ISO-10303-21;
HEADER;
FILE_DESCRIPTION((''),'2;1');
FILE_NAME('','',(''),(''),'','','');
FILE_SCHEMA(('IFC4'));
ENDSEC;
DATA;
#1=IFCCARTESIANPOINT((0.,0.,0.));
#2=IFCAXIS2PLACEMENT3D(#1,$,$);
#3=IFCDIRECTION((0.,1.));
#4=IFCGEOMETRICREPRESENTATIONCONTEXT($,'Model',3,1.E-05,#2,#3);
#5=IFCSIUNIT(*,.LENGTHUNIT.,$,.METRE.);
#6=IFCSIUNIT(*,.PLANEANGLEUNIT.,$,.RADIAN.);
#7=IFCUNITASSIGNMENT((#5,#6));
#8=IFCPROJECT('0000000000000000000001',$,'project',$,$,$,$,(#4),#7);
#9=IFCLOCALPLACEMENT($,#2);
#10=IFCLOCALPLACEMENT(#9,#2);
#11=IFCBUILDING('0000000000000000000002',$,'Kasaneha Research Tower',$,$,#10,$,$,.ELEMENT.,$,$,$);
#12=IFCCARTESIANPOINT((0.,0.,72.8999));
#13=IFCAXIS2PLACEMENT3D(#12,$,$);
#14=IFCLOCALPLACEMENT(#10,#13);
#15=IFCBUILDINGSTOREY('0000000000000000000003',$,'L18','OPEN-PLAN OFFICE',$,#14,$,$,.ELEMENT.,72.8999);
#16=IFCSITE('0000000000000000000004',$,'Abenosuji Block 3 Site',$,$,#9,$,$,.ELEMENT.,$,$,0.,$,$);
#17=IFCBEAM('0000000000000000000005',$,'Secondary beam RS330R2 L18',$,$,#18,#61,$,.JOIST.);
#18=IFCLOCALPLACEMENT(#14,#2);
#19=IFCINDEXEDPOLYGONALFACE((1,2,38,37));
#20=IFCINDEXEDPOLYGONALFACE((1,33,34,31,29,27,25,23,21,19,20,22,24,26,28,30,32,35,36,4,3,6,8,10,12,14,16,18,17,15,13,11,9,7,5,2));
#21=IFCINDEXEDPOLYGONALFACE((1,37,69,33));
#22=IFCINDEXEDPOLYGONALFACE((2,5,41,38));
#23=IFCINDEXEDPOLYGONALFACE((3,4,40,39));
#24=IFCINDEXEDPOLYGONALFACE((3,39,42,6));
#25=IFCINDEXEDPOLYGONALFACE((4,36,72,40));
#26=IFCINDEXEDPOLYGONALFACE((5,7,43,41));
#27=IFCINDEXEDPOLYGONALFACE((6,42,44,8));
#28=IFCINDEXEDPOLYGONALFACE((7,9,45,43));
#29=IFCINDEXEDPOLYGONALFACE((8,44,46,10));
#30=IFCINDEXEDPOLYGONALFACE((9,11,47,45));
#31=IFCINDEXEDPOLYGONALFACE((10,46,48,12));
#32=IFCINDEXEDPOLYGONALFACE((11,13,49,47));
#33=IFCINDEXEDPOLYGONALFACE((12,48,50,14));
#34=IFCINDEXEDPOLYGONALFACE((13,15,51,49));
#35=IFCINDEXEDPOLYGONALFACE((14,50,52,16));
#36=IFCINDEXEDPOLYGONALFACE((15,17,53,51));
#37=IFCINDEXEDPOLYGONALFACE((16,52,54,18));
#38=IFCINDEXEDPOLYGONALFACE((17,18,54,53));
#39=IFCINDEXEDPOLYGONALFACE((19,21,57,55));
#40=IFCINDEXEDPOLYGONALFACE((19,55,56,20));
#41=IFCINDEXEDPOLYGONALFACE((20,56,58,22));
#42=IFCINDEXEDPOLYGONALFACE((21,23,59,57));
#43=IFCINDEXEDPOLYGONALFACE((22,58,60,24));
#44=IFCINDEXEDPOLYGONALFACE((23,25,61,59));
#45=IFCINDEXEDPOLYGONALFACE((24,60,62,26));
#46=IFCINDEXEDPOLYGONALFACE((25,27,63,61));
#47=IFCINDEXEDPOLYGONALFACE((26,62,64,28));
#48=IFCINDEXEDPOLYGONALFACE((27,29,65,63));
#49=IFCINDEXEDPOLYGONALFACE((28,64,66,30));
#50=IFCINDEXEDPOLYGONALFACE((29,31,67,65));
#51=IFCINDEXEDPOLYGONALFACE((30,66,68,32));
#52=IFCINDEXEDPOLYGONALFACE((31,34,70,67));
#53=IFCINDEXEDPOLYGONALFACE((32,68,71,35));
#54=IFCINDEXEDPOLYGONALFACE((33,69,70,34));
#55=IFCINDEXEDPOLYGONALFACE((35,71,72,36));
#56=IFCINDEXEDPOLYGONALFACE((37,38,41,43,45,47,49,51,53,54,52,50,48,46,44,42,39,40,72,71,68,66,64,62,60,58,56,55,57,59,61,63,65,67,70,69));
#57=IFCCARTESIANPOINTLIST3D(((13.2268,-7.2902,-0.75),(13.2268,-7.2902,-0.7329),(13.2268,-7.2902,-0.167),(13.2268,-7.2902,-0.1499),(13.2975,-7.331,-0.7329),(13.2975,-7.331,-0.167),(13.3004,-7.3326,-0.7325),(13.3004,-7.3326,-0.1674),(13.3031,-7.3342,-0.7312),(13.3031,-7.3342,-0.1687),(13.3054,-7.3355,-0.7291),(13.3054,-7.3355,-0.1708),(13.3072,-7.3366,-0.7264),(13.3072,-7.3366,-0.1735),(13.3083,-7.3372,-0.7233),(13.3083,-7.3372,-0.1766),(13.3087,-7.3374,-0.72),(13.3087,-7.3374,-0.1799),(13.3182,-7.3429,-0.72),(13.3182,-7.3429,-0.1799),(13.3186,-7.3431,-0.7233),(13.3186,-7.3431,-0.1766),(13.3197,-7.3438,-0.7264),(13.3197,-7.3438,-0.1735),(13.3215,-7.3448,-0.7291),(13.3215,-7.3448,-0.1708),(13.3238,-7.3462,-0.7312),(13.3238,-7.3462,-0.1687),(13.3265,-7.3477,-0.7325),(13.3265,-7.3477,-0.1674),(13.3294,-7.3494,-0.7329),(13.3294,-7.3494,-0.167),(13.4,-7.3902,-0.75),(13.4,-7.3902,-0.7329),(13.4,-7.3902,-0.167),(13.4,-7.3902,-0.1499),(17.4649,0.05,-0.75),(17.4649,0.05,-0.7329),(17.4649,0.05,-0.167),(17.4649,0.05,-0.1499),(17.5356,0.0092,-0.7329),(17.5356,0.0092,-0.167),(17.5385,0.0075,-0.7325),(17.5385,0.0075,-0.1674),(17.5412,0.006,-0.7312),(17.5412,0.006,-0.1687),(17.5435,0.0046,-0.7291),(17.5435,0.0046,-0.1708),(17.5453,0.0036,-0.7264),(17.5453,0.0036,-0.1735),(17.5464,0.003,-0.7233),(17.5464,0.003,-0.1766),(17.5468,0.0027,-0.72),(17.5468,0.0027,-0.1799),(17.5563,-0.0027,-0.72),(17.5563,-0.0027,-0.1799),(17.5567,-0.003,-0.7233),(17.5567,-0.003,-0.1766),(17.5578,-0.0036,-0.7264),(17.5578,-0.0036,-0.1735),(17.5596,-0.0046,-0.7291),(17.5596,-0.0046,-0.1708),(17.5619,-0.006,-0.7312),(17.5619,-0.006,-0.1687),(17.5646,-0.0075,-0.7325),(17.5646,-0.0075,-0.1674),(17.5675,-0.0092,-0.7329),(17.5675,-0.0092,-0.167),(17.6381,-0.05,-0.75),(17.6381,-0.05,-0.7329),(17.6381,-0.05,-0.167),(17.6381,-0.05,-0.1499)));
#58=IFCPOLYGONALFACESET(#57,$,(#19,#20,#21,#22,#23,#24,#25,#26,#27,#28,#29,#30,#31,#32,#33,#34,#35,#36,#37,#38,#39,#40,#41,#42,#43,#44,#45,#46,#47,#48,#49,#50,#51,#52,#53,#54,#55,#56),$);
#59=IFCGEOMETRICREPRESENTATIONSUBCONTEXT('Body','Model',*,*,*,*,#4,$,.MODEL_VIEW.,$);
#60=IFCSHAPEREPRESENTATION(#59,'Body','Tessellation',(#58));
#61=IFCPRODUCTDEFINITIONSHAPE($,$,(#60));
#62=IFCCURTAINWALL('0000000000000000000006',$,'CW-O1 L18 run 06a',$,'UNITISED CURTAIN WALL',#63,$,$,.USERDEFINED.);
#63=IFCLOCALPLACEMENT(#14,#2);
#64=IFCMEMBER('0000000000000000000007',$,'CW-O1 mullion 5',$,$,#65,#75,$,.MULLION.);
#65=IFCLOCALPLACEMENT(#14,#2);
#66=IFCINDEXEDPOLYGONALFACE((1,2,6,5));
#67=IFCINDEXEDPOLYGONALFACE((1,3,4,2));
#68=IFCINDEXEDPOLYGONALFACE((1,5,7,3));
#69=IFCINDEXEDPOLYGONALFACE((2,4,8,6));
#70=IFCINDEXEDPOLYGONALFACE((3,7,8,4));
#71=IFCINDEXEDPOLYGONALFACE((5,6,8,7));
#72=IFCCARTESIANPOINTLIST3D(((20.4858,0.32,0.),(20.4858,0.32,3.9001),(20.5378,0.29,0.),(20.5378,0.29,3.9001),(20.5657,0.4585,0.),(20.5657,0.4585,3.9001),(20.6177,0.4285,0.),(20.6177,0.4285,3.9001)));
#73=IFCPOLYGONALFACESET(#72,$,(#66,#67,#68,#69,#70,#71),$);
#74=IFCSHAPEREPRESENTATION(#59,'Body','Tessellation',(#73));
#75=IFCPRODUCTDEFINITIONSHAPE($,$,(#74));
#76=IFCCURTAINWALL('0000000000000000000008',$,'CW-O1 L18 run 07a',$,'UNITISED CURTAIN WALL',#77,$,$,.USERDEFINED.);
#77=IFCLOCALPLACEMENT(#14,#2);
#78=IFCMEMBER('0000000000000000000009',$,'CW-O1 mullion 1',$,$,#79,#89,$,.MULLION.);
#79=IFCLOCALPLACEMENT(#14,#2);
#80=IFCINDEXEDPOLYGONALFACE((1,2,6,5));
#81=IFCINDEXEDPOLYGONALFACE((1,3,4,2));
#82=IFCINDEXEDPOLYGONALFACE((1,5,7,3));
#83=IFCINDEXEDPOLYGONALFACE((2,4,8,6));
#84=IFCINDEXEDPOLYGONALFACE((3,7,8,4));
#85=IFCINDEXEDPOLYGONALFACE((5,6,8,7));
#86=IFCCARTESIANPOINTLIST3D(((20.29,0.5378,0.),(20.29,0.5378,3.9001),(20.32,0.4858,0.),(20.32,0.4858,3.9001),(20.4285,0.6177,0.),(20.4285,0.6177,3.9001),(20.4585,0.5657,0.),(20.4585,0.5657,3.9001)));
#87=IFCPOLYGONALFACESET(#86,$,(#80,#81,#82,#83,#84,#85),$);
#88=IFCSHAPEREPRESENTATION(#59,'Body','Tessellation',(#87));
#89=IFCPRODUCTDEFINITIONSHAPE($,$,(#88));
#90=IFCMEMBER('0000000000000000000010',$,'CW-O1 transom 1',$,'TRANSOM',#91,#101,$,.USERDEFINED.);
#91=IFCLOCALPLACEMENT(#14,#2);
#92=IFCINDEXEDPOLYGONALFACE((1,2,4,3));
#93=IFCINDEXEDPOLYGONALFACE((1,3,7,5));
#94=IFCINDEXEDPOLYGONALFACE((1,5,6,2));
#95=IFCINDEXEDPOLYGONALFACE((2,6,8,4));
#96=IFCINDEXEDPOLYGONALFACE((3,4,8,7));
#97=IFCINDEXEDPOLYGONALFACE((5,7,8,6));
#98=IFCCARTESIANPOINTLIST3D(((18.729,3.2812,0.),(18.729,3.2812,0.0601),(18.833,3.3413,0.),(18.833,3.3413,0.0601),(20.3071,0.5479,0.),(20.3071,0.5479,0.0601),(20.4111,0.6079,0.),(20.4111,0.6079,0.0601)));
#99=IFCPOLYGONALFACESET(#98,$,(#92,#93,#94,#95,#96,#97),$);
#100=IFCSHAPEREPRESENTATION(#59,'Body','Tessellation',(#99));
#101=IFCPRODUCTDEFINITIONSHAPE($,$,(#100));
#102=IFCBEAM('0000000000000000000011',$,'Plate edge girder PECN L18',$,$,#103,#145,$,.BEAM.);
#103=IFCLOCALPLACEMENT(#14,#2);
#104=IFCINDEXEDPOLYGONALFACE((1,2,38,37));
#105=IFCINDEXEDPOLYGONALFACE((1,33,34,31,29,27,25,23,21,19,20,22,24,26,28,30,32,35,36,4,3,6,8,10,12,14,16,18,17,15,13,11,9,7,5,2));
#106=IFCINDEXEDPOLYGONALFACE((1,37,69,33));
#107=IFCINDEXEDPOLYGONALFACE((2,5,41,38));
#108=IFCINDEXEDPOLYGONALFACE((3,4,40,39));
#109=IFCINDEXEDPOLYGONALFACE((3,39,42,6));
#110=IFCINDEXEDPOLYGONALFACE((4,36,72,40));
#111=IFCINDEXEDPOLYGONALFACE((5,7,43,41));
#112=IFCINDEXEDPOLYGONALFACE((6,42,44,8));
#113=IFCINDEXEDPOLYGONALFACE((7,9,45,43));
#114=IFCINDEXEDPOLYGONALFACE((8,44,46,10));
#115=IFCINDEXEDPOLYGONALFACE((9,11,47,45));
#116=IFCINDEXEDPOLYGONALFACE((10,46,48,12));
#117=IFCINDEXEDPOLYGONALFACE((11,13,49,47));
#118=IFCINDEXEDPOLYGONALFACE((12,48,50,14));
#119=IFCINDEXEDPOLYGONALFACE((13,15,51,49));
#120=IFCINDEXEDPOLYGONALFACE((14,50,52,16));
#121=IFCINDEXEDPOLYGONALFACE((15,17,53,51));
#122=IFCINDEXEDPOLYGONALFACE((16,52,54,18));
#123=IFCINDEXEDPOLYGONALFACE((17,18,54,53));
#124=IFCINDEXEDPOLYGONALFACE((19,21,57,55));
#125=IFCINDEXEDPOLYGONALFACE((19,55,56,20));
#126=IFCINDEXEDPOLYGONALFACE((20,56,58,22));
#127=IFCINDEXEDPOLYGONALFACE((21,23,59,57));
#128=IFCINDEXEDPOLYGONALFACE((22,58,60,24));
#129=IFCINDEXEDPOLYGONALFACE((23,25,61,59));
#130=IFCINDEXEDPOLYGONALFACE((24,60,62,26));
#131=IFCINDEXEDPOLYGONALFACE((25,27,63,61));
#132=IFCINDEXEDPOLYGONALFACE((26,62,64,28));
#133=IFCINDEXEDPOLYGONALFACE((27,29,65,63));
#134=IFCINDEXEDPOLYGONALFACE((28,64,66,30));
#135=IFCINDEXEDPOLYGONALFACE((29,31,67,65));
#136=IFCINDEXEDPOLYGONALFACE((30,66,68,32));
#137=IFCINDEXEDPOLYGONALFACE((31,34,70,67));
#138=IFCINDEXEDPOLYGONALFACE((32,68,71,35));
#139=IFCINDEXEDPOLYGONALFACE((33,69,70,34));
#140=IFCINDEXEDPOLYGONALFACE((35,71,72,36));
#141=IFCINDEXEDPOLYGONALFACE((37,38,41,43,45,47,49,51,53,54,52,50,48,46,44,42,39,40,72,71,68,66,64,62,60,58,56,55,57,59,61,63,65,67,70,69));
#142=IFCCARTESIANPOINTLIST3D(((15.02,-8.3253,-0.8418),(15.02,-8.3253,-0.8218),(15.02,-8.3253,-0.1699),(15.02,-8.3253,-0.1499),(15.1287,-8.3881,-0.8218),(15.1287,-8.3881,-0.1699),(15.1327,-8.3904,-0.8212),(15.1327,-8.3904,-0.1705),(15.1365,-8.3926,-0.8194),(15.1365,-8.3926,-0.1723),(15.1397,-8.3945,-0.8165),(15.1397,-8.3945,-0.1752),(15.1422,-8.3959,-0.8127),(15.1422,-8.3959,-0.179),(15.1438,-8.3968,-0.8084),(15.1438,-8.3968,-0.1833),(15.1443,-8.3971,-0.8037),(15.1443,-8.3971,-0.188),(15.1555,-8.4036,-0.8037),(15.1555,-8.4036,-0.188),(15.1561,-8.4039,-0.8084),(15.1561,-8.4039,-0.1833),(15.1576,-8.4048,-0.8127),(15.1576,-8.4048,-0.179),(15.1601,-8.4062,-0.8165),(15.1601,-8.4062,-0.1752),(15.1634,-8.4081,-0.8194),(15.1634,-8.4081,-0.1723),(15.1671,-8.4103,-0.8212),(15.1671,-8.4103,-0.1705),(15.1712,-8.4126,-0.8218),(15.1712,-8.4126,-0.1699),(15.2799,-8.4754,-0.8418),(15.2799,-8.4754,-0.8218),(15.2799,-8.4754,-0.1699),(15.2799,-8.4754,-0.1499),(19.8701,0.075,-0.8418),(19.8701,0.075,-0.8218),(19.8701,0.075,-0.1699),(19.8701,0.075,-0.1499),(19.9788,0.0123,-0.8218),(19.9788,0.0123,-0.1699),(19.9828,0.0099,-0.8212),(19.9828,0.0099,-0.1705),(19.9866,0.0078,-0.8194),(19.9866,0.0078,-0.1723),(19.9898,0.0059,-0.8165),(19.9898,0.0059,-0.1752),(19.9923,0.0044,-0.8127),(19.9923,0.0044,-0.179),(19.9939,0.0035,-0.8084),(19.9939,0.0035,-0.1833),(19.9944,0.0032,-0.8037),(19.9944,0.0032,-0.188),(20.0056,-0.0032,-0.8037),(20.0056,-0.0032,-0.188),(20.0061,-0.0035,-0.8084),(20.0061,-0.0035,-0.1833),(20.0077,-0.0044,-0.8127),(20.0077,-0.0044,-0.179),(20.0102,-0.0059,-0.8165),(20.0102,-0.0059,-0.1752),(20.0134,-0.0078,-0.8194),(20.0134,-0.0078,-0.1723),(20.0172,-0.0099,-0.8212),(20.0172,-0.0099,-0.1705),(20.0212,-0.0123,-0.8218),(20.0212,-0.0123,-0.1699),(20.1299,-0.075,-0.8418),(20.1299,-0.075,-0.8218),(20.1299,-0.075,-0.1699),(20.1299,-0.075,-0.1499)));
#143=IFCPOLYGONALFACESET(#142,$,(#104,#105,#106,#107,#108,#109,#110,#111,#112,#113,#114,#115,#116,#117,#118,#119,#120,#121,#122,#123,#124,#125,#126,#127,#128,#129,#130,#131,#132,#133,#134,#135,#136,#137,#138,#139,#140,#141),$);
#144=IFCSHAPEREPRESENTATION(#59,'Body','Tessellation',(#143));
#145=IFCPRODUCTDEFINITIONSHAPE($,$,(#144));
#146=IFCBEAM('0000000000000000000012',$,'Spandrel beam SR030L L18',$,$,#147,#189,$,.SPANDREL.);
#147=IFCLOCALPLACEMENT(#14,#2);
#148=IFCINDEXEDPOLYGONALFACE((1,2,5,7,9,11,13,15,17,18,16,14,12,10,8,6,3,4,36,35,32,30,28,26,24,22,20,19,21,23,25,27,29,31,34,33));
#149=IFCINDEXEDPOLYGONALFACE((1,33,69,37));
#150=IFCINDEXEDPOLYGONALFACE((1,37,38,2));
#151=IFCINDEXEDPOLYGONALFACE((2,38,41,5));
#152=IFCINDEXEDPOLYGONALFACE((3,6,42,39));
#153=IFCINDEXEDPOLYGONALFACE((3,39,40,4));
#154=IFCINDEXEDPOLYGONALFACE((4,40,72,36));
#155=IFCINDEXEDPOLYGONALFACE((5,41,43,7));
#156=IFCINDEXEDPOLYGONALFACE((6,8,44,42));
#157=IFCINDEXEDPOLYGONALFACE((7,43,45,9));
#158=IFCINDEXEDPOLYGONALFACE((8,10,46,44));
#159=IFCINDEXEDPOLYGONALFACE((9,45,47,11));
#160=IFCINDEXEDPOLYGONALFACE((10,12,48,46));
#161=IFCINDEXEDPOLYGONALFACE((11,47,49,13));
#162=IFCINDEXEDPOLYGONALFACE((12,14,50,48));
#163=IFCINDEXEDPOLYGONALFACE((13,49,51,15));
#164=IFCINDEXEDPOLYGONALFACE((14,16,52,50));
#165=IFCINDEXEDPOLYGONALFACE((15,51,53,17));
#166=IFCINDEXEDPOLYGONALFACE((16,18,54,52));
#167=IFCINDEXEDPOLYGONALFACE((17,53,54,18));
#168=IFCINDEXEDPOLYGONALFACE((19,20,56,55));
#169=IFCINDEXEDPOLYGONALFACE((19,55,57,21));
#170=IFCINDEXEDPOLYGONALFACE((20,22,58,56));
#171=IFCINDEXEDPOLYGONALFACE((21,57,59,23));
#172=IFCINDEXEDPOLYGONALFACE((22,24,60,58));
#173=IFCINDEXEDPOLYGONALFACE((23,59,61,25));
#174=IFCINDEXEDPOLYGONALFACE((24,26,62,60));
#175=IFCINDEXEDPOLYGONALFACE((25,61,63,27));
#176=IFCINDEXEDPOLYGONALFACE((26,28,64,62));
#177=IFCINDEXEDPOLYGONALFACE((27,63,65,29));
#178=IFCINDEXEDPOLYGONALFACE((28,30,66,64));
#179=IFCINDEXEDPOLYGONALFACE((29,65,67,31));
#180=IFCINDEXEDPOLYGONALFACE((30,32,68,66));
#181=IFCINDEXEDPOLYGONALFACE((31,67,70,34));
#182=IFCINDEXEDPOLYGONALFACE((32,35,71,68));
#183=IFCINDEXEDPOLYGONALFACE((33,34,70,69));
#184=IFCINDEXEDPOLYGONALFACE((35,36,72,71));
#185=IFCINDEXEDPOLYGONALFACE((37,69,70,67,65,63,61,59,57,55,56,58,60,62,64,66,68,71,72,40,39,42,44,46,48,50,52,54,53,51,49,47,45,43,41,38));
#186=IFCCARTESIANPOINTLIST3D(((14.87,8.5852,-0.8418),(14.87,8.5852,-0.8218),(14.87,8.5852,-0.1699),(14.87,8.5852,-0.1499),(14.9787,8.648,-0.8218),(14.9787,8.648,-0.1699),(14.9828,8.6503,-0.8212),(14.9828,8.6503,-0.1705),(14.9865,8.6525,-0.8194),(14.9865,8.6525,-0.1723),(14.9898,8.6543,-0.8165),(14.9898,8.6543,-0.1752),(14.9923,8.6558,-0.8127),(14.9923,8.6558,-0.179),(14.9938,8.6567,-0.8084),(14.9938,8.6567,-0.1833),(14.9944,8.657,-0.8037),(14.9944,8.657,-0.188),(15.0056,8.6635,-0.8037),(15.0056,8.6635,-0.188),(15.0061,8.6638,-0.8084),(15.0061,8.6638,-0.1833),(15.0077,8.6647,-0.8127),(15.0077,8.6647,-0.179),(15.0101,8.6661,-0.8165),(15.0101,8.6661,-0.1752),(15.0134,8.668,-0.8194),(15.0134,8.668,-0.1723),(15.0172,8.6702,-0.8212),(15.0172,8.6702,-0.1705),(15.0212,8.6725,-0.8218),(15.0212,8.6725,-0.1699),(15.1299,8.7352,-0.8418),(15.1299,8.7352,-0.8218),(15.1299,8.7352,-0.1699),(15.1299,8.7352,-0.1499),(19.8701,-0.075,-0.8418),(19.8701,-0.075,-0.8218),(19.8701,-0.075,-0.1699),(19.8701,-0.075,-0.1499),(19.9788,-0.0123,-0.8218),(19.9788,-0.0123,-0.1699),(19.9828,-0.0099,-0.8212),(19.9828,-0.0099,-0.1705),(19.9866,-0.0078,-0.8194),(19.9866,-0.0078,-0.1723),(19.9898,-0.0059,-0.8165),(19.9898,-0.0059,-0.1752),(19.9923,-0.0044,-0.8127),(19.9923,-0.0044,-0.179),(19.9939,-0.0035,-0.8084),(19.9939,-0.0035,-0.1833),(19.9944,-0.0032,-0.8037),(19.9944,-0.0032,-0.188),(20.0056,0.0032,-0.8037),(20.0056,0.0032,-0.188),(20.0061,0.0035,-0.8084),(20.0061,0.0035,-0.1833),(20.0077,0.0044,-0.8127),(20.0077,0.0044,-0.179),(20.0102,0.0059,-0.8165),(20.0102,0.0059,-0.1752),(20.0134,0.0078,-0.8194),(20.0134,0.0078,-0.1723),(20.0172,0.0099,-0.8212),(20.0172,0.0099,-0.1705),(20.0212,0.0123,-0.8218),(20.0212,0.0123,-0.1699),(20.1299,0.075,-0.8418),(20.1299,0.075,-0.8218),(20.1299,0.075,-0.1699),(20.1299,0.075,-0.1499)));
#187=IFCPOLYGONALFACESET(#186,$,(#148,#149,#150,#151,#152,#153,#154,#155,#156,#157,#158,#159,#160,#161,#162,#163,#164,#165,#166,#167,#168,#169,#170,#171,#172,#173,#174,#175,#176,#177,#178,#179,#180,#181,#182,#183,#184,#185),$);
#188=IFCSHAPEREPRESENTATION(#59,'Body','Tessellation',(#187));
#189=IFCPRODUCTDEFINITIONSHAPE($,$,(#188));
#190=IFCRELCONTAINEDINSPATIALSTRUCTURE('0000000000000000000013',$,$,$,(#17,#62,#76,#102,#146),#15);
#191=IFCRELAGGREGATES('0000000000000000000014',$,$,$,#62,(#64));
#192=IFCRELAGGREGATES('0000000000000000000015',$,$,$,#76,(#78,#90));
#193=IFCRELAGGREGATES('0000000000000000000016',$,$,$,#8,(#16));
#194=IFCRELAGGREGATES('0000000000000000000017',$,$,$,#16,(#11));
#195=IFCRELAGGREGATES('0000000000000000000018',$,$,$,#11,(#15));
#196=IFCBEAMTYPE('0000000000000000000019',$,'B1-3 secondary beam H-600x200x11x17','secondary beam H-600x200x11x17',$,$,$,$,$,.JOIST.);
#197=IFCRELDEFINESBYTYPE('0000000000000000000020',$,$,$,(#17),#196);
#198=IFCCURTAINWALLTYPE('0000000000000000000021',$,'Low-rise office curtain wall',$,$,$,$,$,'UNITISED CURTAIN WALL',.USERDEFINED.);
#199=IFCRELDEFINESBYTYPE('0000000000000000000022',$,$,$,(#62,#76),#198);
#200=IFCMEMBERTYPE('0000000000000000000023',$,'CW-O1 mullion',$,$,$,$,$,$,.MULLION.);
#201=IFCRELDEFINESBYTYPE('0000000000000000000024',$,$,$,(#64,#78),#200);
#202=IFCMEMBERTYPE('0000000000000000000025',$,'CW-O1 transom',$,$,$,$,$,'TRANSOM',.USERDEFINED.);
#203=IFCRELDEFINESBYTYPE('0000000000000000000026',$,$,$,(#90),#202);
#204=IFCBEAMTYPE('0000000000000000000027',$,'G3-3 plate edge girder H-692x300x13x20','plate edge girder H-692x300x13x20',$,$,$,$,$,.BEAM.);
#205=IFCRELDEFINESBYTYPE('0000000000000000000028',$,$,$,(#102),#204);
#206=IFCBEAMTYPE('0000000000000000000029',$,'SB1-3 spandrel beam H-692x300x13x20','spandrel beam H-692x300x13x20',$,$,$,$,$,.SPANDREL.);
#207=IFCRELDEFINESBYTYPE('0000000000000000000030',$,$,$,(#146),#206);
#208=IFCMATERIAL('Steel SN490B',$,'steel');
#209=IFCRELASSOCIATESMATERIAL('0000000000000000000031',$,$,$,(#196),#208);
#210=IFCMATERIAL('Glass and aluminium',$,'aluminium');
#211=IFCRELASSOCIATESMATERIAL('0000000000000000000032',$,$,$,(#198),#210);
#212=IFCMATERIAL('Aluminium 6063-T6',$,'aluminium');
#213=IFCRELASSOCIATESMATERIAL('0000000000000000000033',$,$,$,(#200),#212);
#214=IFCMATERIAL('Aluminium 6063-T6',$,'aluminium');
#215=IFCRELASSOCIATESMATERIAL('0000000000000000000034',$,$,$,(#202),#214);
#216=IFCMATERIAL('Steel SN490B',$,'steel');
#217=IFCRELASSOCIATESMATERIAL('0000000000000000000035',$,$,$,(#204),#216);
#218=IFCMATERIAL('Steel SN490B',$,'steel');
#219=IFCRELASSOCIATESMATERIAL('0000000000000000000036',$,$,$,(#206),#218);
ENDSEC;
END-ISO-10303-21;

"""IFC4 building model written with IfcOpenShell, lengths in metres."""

from ifc_helpers import new_model, si_unit, direction, frame, origin, origin_2d, place, context, subcontext, project, spatial, rectangle, i_section, extrude, material, material_profile, profile_set, type_object, element, aggregate, save


model = new_model("IFC4")

# Units and contexts
model_context = context("Model", 3, precision=1e-05, world=origin(), true_north=direction((0.0, 1.0)))
body_context = subcontext(model_context, "Body", "Model", "MODEL_VIEW")
ifc_project = project(units=[si_unit("LENGTHUNIT", "METRE"), si_unit("PLANEANGLEUNIT", "RADIAN")], contexts=[model_context])

# Site, building, storey
site_placement = place(None, origin())
site = spatial("IfcSite", under=ifc_project, at=site_placement, Name="Abenosuji Block 3 Site", CompositionType="ELEMENT", RefElevation=0.0)
building_placement = place(site_placement, origin())
building = spatial("IfcBuilding", under=site, at=building_placement, Name="Kasaneha Research Tower", CompositionType="ELEMENT")
storey_placement = place(building_placement, frame((0.0, 0.0, 72.8999)))
storey = spatial("IfcBuildingStorey", under=building, at=storey_placement, Name="L18", Description="OPEN-PLAN OFFICE", CompositionType="ELEMENT", Elevation=72.8999)

# Beam
ifc_material_1 = material(Name="Steel SN490B", Category="steel")
ifc_material_profile_1 = material_profile(ifc_material_1, i_section(OverallWidth=0.2, OverallDepth=0.6001, WebThickness=0.011, FlangeThickness=0.0171, FilletRadius=0.0129, at=origin_2d()), Name="H-600x200x11x17")
ifc_profile_set_1 = profile_set([ifc_material_profile_1], Name="Steel SN490B")
beam_type_1 = type_object("IfcBeamType", Name="B1-3 secondary beam H-600x200x11x17", Description="secondary beam H-600x200x11x17", PredefinedType="JOIST", material=ifc_profile_set_1)
beam_1_placement = place(storey_placement, frame((17.5515, 0.0, -0.45), z_axis=(-0.500021, -0.866013, 0.0), x_axis=(0.866013, -0.500021, 0.0)))
element("IfcBeam", 1, at=beam_1_placement, inside=storey, type_object=beam_type_1, Name="Secondary beam RS330R2 L18", PredefinedType="JOIST", context=body_context, shape_type="SweptSolid", body=[
    extrude(i_section(OverallWidth=0.2, OverallDepth=0.6001, WebThickness=0.011, FlangeThickness=0.0171, FilletRadius=0.0129, at=origin_2d()), origin(), (0.0, 0.0, 1.0), 8.4758),
])

# Curtain wall, member
ifc_material_2 = material(Name="Glass and aluminium", Category="aluminium")
curtain_wall_type = type_object("IfcCurtainWallType", Name="Low-rise office curtain wall", ElementType="UNITISED CURTAIN WALL", PredefinedType="USERDEFINED", material=ifc_material_2)
curtain_wall_1_placement = place(storey_placement, origin())
curtain_wall_1 = element("IfcCurtainWall", 2, at=curtain_wall_1_placement, inside=storey, type_object=curtain_wall_type, Name="CW-O1 L18 run 06a", ObjectType="UNITISED CURTAIN WALL", PredefinedType="USERDEFINED")
ifc_material_3 = material(Name="Aluminium 6063-T6", Category="aluminium")
ifc_material_profile_2 = material_profile(ifc_material_3, rectangle(XDim=0.0601, YDim=0.1599, at=origin_2d()), Name="CW-O1 mullion 60x160")
ifc_profile_set_2 = profile_set([ifc_material_profile_2], Name="Aluminium 6063-T6")
member_type_1 = type_object("IfcMemberType", Name="CW-O1 mullion", PredefinedType="MULLION", material=ifc_profile_set_2)
member_1_placement = place(storey_placement, frame((20.5518, 0.3743, 0.0), z_axis=(0.0, 0.0, 1.0), x_axis=(-0.866025, 0.5, 0.0)))
member_1 = element("IfcMember", 3, at=member_1_placement, type_object=member_type_1, Name="CW-O1 mullion 5", PredefinedType="MULLION", context=body_context, shape_type="SweptSolid", body=[
    extrude(rectangle(XDim=0.0601, YDim=0.1599, at=origin_2d()), origin(), (0.0, 0.0, 1.0), 3.9001),
])
aggregate(curtain_wall_1, [member_1])

# Curtain wall, members
curtain_wall_2_placement = place(storey_placement, origin())
curtain_wall_2 = element("IfcCurtainWall", 4, at=curtain_wall_2_placement, inside=storey, type_object=curtain_wall_type, Name="CW-O1 L18 run 07a", ObjectType="UNITISED CURTAIN WALL", PredefinedType="USERDEFINED")
member_2_placement = place(storey_placement, frame((20.3743, 0.5518, 0.0), z_axis=(0.0, 0.0, 1.0), x_axis=(-0.5, 0.866025, 0.0)))
member_2 = element("IfcMember", 5, at=member_2_placement, type_object=member_type_1, Name="CW-O1 mullion 1", PredefinedType="MULLION", context=body_context, shape_type="SweptSolid", body=[
    extrude(rectangle(XDim=0.0601, YDim=0.1599, at=origin_2d()), origin(), (0.0, 0.0, 1.0), 3.9001),
])
ifc_material_4 = material(Name="Aluminium 6063-T6", Category="aluminium")
ifc_material_profile_3 = material_profile(ifc_material_4, rectangle(XDim=0.1201, YDim=0.0601, at=origin_2d()), Name="CW-O1 transom 120x60")
ifc_profile_set_3 = profile_set([ifc_material_profile_3], Name="Aluminium 6063-T6")
member_type_2 = type_object("IfcMemberType", Name="CW-O1 transom", ElementType="TRANSOM", PredefinedType="USERDEFINED", material=ifc_profile_set_3)
member_3_placement = place(storey_placement, frame((20.3591, 0.5779, 0.03), z_axis=(-0.499999, 0.866026, 0.0), x_axis=(-0.866026, -0.499999, 0.0)))
member_3 = element("IfcMember", 6, at=member_3_placement, type_object=member_type_2, Name="CW-O1 transom 1", ObjectType="TRANSOM", PredefinedType="USERDEFINED", context=body_context, shape_type="SweptSolid", body=[
    extrude(rectangle(XDim=0.1201, YDim=0.0601, at=origin_2d()), origin(), (0.0, 0.0, 1.0), 3.1562),
])

# Beams
ifc_material_5 = material(Name="Steel SN490B", Category="steel")
ifc_material_profile_4 = material_profile(ifc_material_5, i_section(OverallWidth=0.3, OverallDepth=0.6919, WebThickness=0.0129, FlangeThickness=0.02, FilletRadius=0.0181, at=origin_2d()), Name="H-692x300x13x20")
ifc_profile_set_4 = profile_set([ifc_material_profile_4], Name="Steel SN490B")
beam_type_2 = type_object("IfcBeamType", Name="G3-3 plate edge girder H-692x300x13x20", Description="plate edge girder H-692x300x13x20", PredefinedType="BEAM", material=ifc_profile_set_4)
beam_2_placement = place(storey_placement, frame((20.0, 0.0, -0.4958), z_axis=(-0.50001, -0.86602, 0.0), x_axis=(0.86602, -0.50001, 0.0)))
element("IfcBeam", 7, at=beam_2_placement, inside=storey, type_object=beam_type_2, Name="Plate edge girder PECN L18", PredefinedType="BEAM", context=body_context, shape_type="SweptSolid", body=[
    extrude(i_section(OverallWidth=0.3, OverallDepth=0.6919, WebThickness=0.0129, FlangeThickness=0.02, FilletRadius=0.0181, at=origin_2d()), origin(), (0.0, 0.0, 1.0), 9.7),
])
ifc_material_6 = material(Name="Steel SN490B", Category="steel")
ifc_material_profile_5 = material_profile(ifc_material_6, i_section(OverallWidth=0.3, OverallDepth=0.6919, WebThickness=0.0129, FlangeThickness=0.02, FilletRadius=0.0181, at=origin_2d()), Name="H-692x300x13x20")
ifc_profile_set_5 = profile_set([ifc_material_profile_5], Name="Steel SN490B")
beam_type_3 = type_object("IfcBeamType", Name="SB1-3 spandrel beam H-692x300x13x20", Description="spandrel beam H-692x300x13x20", PredefinedType="SPANDREL", material=ifc_profile_set_5)
beam_3_placement = place(storey_placement, frame((20.0, 0.0, -0.4958), z_axis=(-0.500004, 0.866023, 0.0), x_axis=(-0.866023, -0.500004, 0.0)))
element("IfcBeam", 8, at=beam_3_placement, inside=storey, type_object=beam_type_3, Name="Spandrel beam SR030L L18", PredefinedType="SPANDREL", context=body_context, shape_type="SweptSolid", body=[
    extrude(i_section(OverallWidth=0.3, OverallDepth=0.6919, WebThickness=0.0129, FlangeThickness=0.02, FilletRadius=0.0181, at=origin_2d()), origin(), (0.0, 0.0, 1.0), 10.0),
])

aggregate(curtain_wall_2, [member_2, member_3])

save(model, "model.ifc")
